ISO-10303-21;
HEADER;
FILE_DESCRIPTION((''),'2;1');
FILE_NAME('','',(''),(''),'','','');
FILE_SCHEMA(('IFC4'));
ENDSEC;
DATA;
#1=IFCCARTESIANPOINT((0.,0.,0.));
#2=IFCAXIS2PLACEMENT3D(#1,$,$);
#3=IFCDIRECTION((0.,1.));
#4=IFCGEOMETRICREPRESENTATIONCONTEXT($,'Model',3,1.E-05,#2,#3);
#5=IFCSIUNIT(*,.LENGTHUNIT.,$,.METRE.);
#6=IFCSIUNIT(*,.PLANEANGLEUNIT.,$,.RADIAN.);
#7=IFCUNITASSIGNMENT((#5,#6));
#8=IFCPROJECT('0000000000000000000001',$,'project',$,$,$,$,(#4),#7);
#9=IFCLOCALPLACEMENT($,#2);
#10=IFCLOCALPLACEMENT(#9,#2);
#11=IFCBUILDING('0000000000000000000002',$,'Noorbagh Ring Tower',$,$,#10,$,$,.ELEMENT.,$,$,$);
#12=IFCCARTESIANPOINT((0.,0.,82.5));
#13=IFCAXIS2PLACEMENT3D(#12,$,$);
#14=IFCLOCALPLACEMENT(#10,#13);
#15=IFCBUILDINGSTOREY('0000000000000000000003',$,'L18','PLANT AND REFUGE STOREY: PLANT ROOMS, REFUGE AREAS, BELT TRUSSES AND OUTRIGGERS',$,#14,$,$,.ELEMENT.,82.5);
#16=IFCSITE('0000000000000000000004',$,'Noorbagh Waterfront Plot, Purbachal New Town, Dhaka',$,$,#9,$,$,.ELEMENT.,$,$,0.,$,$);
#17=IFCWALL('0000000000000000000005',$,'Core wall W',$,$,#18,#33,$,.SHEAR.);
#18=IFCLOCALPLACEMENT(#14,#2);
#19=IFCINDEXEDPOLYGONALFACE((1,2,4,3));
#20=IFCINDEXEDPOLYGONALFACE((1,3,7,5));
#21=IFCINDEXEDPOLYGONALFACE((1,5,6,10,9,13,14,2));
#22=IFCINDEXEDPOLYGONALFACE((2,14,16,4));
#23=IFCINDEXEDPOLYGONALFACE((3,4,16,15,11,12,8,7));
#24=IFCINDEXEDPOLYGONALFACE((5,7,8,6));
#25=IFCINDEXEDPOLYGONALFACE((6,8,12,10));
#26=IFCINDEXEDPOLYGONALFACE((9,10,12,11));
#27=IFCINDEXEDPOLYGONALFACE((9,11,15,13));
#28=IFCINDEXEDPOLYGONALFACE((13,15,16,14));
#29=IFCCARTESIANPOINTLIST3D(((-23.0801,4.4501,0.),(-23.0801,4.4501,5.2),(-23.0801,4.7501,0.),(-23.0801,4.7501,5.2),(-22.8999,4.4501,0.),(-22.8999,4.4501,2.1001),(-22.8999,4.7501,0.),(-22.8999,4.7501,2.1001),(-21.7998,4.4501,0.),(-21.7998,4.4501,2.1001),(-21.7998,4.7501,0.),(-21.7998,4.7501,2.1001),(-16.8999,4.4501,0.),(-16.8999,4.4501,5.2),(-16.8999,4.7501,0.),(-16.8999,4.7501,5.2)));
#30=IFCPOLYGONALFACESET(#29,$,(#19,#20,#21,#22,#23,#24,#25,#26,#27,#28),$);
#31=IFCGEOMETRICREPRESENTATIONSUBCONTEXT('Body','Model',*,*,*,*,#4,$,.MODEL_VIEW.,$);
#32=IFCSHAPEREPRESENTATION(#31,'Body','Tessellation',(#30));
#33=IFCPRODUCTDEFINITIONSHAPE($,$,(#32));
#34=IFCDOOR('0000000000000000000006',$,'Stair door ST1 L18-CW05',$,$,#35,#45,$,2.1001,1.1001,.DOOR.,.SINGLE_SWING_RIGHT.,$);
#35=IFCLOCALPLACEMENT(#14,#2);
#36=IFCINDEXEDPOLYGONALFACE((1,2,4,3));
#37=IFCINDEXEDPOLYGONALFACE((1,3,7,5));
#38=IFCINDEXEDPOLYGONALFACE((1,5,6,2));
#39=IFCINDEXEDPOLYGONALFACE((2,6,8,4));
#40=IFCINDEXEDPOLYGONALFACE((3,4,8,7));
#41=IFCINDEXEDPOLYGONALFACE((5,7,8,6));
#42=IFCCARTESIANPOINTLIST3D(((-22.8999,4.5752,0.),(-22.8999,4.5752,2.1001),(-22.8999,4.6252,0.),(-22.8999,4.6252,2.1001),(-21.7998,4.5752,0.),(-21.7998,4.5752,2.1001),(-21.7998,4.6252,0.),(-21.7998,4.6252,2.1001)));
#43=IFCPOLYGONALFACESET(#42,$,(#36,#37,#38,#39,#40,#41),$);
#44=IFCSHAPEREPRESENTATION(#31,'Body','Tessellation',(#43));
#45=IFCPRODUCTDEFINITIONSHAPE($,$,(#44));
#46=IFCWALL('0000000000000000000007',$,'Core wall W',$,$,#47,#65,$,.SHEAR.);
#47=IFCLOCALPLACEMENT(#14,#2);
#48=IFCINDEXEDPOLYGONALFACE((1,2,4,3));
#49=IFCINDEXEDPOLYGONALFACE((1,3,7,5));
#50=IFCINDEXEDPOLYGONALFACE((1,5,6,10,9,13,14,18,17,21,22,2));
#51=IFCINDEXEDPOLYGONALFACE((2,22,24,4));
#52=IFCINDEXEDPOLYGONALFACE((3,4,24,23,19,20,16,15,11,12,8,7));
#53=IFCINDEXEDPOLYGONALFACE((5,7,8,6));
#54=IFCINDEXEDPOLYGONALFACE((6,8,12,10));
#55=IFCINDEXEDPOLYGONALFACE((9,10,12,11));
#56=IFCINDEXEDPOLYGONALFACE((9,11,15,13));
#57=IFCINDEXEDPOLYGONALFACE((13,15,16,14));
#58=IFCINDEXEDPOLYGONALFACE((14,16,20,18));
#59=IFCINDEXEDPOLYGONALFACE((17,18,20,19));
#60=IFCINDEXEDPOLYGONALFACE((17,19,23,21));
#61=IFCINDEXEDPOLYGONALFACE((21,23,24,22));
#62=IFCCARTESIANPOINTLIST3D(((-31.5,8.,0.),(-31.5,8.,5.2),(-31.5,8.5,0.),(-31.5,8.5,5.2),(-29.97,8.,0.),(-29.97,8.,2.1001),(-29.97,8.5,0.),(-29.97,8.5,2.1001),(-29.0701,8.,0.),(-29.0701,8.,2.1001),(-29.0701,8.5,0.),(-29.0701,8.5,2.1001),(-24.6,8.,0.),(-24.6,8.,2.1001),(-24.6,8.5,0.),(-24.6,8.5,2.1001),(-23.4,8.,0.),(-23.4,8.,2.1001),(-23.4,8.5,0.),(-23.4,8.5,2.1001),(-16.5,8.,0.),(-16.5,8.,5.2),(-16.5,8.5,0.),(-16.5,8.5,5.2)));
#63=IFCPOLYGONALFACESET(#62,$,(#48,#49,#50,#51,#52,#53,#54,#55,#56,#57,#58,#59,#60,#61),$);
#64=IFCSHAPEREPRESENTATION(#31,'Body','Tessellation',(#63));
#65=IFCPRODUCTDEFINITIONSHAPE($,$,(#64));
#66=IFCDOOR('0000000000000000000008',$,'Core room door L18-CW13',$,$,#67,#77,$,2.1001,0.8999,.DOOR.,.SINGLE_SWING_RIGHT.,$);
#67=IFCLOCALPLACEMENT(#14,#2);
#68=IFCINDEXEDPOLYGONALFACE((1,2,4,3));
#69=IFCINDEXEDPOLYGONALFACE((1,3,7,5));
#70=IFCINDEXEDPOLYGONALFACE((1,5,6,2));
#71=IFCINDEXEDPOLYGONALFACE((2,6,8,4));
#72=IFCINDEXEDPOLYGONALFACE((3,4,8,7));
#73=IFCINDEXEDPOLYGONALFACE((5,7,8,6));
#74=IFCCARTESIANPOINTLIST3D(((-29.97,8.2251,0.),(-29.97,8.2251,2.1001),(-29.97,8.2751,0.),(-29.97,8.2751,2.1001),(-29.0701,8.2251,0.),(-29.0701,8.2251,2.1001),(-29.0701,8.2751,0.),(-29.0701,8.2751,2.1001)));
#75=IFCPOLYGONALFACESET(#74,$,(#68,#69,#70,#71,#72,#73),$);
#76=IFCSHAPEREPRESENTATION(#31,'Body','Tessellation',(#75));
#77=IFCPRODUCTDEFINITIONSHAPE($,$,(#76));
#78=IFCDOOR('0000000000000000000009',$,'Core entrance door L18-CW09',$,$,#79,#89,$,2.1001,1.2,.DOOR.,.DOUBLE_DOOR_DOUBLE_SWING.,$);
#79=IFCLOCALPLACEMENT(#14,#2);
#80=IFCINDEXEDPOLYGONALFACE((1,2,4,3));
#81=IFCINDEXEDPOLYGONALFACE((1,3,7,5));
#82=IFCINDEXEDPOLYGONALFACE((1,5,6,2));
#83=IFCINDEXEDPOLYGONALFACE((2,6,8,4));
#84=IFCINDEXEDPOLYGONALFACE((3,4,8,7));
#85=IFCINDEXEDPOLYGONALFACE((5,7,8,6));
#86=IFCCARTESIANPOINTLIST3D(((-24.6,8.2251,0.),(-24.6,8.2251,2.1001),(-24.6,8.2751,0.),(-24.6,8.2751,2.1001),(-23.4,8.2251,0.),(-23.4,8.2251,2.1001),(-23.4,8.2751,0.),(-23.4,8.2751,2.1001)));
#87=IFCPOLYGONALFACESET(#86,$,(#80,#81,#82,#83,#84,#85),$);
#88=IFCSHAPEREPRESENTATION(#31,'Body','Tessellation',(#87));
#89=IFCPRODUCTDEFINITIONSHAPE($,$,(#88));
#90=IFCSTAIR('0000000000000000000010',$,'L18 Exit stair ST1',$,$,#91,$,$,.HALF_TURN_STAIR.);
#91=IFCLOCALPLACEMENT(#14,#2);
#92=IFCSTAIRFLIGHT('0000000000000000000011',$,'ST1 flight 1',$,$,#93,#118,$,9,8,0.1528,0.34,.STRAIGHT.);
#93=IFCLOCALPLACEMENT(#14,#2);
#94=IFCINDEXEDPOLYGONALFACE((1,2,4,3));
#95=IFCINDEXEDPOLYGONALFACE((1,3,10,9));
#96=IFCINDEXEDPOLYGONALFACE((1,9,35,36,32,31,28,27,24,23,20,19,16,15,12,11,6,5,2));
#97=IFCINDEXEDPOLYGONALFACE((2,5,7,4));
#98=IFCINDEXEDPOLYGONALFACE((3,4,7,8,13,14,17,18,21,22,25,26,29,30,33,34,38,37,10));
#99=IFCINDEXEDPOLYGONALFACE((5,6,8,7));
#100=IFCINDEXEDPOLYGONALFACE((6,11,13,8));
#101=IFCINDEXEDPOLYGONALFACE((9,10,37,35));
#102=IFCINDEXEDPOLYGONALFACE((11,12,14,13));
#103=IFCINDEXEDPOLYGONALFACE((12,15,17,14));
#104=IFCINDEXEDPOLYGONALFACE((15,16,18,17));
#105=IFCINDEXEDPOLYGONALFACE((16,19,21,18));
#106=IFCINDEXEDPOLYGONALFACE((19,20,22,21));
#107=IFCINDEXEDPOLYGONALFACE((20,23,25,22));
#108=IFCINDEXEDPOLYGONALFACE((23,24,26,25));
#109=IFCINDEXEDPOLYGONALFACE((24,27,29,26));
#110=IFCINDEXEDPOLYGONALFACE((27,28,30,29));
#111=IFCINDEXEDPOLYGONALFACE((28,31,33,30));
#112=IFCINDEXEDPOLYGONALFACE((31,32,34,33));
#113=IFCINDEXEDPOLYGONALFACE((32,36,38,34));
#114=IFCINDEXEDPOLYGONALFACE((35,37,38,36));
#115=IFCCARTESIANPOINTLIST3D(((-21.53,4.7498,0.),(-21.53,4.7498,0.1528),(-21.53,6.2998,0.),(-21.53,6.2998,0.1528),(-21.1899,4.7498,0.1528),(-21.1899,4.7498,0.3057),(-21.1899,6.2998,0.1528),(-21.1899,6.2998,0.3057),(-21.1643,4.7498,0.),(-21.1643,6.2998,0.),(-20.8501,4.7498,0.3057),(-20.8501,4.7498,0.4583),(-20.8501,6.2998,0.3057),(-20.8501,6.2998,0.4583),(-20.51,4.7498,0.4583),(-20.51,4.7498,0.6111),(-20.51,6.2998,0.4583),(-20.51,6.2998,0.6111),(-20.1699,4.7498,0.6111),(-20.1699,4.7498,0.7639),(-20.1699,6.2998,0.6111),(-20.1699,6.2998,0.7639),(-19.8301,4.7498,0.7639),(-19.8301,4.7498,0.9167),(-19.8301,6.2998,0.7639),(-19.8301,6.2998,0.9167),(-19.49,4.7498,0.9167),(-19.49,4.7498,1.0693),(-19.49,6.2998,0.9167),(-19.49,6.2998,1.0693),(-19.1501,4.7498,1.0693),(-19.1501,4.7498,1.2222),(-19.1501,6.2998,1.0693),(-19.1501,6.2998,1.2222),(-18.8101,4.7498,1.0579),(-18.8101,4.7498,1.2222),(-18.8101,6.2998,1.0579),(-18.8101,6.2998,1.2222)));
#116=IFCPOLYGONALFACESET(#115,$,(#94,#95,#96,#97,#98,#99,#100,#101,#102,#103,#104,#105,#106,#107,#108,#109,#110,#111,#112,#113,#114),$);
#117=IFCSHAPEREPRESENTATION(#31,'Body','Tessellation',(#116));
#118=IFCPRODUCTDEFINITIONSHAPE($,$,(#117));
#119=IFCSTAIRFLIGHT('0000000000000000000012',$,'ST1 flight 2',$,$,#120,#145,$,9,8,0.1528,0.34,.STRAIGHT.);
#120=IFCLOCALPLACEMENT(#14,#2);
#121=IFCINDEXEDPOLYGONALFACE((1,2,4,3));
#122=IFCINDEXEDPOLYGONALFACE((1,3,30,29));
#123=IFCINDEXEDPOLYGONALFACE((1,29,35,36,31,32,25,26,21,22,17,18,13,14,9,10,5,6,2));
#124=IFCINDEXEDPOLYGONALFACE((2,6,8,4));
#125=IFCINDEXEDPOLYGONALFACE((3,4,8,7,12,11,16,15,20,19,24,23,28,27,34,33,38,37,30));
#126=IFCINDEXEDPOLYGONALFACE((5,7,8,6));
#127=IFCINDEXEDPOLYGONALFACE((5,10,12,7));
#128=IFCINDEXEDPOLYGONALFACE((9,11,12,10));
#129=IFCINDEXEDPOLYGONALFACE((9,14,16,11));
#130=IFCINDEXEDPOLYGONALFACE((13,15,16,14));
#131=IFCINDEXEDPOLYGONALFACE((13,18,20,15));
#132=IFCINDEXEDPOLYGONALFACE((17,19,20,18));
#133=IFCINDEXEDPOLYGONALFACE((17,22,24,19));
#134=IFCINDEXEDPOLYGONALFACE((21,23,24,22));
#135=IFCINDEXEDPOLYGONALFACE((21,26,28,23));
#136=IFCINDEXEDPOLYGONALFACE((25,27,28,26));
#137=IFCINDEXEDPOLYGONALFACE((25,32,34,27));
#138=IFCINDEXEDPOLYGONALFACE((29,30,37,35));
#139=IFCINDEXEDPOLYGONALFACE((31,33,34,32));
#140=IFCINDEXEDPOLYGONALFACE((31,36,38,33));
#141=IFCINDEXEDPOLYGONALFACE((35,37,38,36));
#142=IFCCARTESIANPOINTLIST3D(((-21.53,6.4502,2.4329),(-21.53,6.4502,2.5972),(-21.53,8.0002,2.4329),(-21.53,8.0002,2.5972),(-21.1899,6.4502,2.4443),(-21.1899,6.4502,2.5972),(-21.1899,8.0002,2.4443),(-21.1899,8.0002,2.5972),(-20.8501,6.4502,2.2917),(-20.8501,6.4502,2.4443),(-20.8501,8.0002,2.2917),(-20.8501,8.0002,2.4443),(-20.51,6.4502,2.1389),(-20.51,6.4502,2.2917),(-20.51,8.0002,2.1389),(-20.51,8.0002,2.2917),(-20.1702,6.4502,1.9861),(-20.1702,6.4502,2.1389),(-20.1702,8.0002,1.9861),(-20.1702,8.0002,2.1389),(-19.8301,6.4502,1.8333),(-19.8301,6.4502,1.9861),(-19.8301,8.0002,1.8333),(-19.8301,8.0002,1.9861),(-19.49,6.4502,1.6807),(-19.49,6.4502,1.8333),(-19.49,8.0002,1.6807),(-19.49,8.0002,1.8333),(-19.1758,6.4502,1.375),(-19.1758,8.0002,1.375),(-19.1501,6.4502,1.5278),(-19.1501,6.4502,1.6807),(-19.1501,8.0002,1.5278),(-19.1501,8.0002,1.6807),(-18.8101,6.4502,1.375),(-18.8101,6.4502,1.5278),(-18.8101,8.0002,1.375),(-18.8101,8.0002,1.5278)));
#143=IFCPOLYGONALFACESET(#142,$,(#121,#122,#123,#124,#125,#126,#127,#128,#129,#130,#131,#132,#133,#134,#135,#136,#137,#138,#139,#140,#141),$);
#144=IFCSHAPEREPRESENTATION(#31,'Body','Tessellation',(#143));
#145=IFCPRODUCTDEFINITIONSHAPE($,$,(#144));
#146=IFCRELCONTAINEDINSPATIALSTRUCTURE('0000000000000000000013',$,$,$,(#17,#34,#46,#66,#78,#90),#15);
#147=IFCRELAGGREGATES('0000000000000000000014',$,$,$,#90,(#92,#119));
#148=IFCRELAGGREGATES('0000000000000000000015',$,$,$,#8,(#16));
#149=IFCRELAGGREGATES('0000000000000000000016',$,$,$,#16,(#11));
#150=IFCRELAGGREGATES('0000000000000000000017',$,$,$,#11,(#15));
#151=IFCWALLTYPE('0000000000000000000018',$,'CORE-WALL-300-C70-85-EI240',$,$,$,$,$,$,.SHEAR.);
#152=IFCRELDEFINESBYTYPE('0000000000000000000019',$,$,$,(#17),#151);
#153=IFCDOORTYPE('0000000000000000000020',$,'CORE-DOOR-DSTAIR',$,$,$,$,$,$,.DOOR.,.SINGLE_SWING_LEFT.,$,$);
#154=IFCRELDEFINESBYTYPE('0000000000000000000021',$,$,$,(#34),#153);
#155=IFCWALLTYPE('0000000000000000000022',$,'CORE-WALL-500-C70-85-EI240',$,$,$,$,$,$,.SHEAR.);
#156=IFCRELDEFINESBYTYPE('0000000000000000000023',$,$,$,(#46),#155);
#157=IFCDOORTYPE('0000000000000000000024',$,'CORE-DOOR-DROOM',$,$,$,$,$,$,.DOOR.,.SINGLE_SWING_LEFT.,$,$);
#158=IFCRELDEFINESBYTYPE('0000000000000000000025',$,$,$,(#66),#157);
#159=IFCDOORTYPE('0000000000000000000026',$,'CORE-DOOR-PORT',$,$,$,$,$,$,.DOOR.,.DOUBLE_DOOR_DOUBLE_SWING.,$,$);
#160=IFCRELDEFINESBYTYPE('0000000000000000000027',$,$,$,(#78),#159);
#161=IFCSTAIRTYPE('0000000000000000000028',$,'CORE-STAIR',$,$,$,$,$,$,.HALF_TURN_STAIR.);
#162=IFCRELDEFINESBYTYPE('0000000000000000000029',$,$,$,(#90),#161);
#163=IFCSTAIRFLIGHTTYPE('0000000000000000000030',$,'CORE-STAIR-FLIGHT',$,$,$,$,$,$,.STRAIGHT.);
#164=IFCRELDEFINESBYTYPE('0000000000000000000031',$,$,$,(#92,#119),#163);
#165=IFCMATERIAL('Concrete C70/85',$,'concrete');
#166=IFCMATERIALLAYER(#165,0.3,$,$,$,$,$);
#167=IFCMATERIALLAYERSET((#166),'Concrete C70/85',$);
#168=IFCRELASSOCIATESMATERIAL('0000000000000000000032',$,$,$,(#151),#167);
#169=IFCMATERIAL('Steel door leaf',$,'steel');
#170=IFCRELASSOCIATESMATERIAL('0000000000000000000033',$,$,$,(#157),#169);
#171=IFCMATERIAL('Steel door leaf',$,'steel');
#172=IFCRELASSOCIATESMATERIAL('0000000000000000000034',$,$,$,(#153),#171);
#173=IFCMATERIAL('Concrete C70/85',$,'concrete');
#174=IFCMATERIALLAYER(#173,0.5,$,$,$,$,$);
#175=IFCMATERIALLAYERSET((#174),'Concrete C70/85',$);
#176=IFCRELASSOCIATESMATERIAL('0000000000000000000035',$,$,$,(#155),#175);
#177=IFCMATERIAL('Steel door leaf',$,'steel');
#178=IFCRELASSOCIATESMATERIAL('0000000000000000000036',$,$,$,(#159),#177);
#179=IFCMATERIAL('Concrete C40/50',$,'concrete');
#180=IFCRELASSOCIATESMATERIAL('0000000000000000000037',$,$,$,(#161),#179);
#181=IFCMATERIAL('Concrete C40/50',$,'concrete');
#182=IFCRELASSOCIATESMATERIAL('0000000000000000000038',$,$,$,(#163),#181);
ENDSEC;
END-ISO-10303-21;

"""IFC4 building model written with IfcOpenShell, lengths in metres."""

from ifc_helpers import new_model, si_unit, direction, frame, frame_2d, origin, place, context, subcontext, project, spatial, polyline, rectangle, outline, extrude, material, layer, layer_set, type_object, element, fill, aggregate, save


model = new_model("IFC4")

# Units and contexts
model_context = context("Model", 3, precision=1e-05, world=origin(), true_north=direction((0.0, 1.0)))
body_context = subcontext(model_context, "Body", "Model", "MODEL_VIEW")
ifc_project = project(units=[si_unit("LENGTHUNIT", "METRE"), si_unit("PLANEANGLEUNIT", "RADIAN")], contexts=[model_context])

# Site, building, storey
site_placement = place(None, origin())
site = spatial("IfcSite", under=ifc_project, at=site_placement, Name="Noorbagh Waterfront Plot, Purbachal New Town, Dhaka", CompositionType="ELEMENT", RefElevation=0.0)
building_placement = place(site_placement, origin())
building = spatial("IfcBuilding", under=site, at=building_placement, Name="Noorbagh Ring Tower", CompositionType="ELEMENT")
storey_placement = place(building_placement, frame((0.0, 0.0, 82.5)))
storey = spatial("IfcBuildingStorey", under=building, at=storey_placement, Name="L18", Description="PLANT AND REFUGE STOREY: PLANT ROOMS, REFUGE AREAS, BELT TRUSSES AND OUTRIGGERS", CompositionType="ELEMENT", Elevation=82.5)

# Wall, opening, door
ifc_material_1 = material(Name="Concrete C70/85", Category="concrete")
ifc_layer_1 = layer(ifc_material_1, 0.3)
ifc_layer_set_1 = layer_set([ifc_layer_1], Name="Concrete C70/85")
wall_type_1 = type_object("IfcWallType", Name="CORE-WALL-300-C70-85-EI240", PredefinedType="SHEAR", material=ifc_layer_set_1)
ifc_material_2 = material(Name="Steel door leaf", Category="steel")
door_type_1 = type_object("IfcDoorType", Name="CORE-DOOR-DROOM", OperationType="SINGLE_SWING_LEFT", PredefinedType="DOOR", material=ifc_material_2)
wall_1_placement = place(storey_placement, frame((-16.8999, 4.6001, 0.0), z_axis=(0.0, 0.0, 1.0), x_axis=(-1.0, 0.0, 0.0)))
wall_1 = element("IfcWall", 1, at=wall_1_placement, inside=storey, type_object=wall_type_1, Name="Core wall W", PredefinedType="SHEAR", context=body_context, shape_type="SweptSolid", body=[
    extrude(rectangle(XDim=6.1802, YDim=0.3, at=frame_2d((3.0901, 0.0))), origin(), (0.0, 0.0, 1.0), 5.2),
])
opening_1_placement = place(wall_1_placement, frame((4.8999, 0.0, 0.0)))
opening_1 = element("IfcOpeningElement", 2, at=opening_1_placement, cuts=wall_1, PredefinedType="OPENING", context=body_context, shape_type="SweptSolid", body=[
    extrude(rectangle(XDim=1.1001, YDim=2.1001, at=frame_2d((0.55, 1.05))), frame((0.0, 0.1602, 0.0), z_axis=(0.0, -1.0, 0.0), x_axis=(1.0, 0.0, 0.0)), (0.0, 0.0, 1.0), 0.3201),
])
ifc_material_3 = material(Name="Steel door leaf", Category="steel")
door_type_2 = type_object("IfcDoorType", Name="CORE-DOOR-DSTAIR", OperationType="SINGLE_SWING_LEFT", PredefinedType="DOOR", material=ifc_material_3)
door_1_placement = place(opening_1_placement, origin())
door_1 = element("IfcDoor", 3, at=door_1_placement, inside=storey, type_object=door_type_2, Name="Stair door ST1 L18-CW05", OperationType="SINGLE_SWING_RIGHT", OverallHeight=2.1001, OverallWidth=1.1001, PredefinedType="DOOR", context=body_context, shape_type="SweptSolid", body=[
    extrude(rectangle(XDim=1.1001, YDim=2.1001, at=frame_2d((0.55, 1.05))), frame((0.0, 0.0249, 0.0), z_axis=(0.0, -1.0, 0.0), x_axis=(1.0, 0.0, 0.0)), (0.0, 0.0, 1.0), 0.05),
])
fill(opening_1, door_1)

# Wall, openings, doors
ifc_material_4 = material(Name="Concrete C70/85", Category="concrete")
ifc_layer_2 = layer(ifc_material_4, 0.5)
ifc_layer_set_2 = layer_set([ifc_layer_2], Name="Concrete C70/85")
wall_type_2 = type_object("IfcWallType", Name="CORE-WALL-500-C70-85-EI240", PredefinedType="SHEAR", material=ifc_layer_set_2)
wall_2_placement = place(storey_placement, frame((-16.5, 8.25, 0.0), z_axis=(0.0, 0.0, 1.0), x_axis=(-1.0, 0.0, 0.0)))
wall_2 = element("IfcWall", 4, at=wall_2_placement, inside=storey, type_object=wall_type_2, Name="Core wall W", PredefinedType="SHEAR", context=body_context, shape_type="SweptSolid", body=[
    extrude(rectangle(XDim=15.0, YDim=0.5, at=frame_2d((7.5, 0.0))), origin(), (0.0, 0.0, 1.0), 5.2),
])
opening_2_placement = place(wall_2_placement, frame((6.8999, 0.0, 0.0)))
opening_2 = element("IfcOpeningElement", 5, at=opening_2_placement, cuts=wall_2, PredefinedType="OPENING", context=body_context, shape_type="SweptSolid", body=[
    extrude(rectangle(XDim=1.2, YDim=2.1001, at=frame_2d((0.6001, 1.05))), frame((0.0, 0.26, 0.0), z_axis=(0.0, -1.0, 0.0), x_axis=(1.0, 0.0, 0.0)), (0.0, 0.0, 1.0), 0.52),
])
opening_3_placement = place(wall_2_placement, frame((12.5701, 0.0, 0.0)))
opening_3 = element("IfcOpeningElement", 6, at=opening_3_placement, cuts=wall_2, PredefinedType="OPENING", context=body_context, shape_type="SweptSolid", body=[
    extrude(rectangle(XDim=0.8999, YDim=2.1001, at=frame_2d((0.45, 1.05))), frame((0.0, 0.26, 0.0), z_axis=(0.0, -1.0, 0.0), x_axis=(1.0, 0.0, 0.0)), (0.0, 0.0, 1.0), 0.52),
])
door_2_placement = place(opening_3_placement, origin())
door_2 = element("IfcDoor", 7, at=door_2_placement, inside=storey, type_object=door_type_1, Name="Core room door L18-CW13", OperationType="SINGLE_SWING_RIGHT", OverallHeight=2.1001, OverallWidth=0.8999, PredefinedType="DOOR", context=body_context, shape_type="SweptSolid", body=[
    extrude(rectangle(XDim=0.8999, YDim=2.1001, at=frame_2d((0.45, 1.05))), frame((0.0, 0.0249, 0.0), z_axis=(0.0, -1.0, 0.0), x_axis=(1.0, 0.0, 0.0)), (0.0, 0.0, 1.0), 0.05),
])
fill(opening_3, door_2)
ifc_material_5 = material(Name="Steel door leaf", Category="steel")
door_type_3 = type_object("IfcDoorType", Name="CORE-DOOR-PORT", OperationType="DOUBLE_DOOR_DOUBLE_SWING", PredefinedType="DOOR", material=ifc_material_5)
door_3_placement = place(opening_2_placement, origin())
door_3 = element("IfcDoor", 8, at=door_3_placement, inside=storey, type_object=door_type_3, Name="Core entrance door L18-CW09", OperationType="DOUBLE_DOOR_DOUBLE_SWING", OverallHeight=2.1001, OverallWidth=1.2, PredefinedType="DOOR", context=body_context, shape_type="SweptSolid", body=[
    extrude(rectangle(XDim=1.2, YDim=2.1001, at=frame_2d((0.6001, 1.05))), frame((0.0, 0.0249, 0.0), z_axis=(0.0, -1.0, 0.0), x_axis=(1.0, 0.0, 0.0)), (0.0, 0.0, 1.0), 0.05),
])
fill(opening_2, door_3)

# Stair, stair flights
ifc_material_6 = material(Name="Concrete C40/50", Category="concrete")
stair_type = type_object("IfcStairType", Name="CORE-STAIR", PredefinedType="HALF_TURN_STAIR", material=ifc_material_6)
stair_placement = place(storey_placement, origin())
stair = element("IfcStair", 9, at=stair_placement, inside=storey, type_object=stair_type, Name="L18 Exit stair ST1", PredefinedType="HALF_TURN_STAIR")
ifc_material_7 = material(Name="Concrete C40/50", Category="concrete")
stair_flight_type = type_object("IfcStairFlightType", Name="CORE-STAIR-FLIGHT", PredefinedType="STRAIGHT", material=ifc_material_7)
stair_flight_1_placement = place(storey_placement, frame((-21.53, 5.5249, 0.0), z_axis=(0.0, 0.0, 1.0), x_axis=(1.0, 0.0, 0.0)))
stair_flight_1 = element("IfcStairFlight", 10, at=stair_flight_1_placement, type_object=stair_flight_type, Name="ST1 flight 1", NumberOfRisers=9, NumberOfTreads=8, PredefinedType="STRAIGHT", RiserHeight=0.1528, TreadLength=0.34, context=body_context, shape_type="SweptSolid", body=[
    extrude(outline(polyline([(0.0, 0.0), (0.0, 0.1528), (0.3401, 0.1528), (0.3401, 0.3057), (0.6799, 0.3057), (0.6799, 0.4583), (1.02, 0.4583), (1.02, 0.6111), (1.3601, 0.6111), (1.3601, 0.7639), (1.7, 0.7639), (1.7, 0.9167), (2.04, 0.9167), (2.04, 1.0693), (2.3799, 1.0693), (2.3799, 1.2222), (2.72, 1.2222), (2.72, 1.375), (2.72, 1.0579), (0.3657, 0.0), (0.0, 0.0)])), frame((0.0, 0.7749, 0.0), z_axis=(0.0, -1.0, 0.0), x_axis=(1.0, 0.0, 0.0)), (0.0, 0.0, 1.0), 1.55),
])
stair_flight_2_placement = place(storey_placement, frame((-18.8101, 7.2251, 1.375), z_axis=(0.0, 0.0, 1.0), x_axis=(-1.0, 0.0, 0.0)))
stair_flight_2 = element("IfcStairFlight", 11, at=stair_flight_2_placement, type_object=stair_flight_type, Name="ST1 flight 2", NumberOfRisers=9, NumberOfTreads=8, PredefinedType="STRAIGHT", RiserHeight=0.1528, TreadLength=0.34, context=body_context, shape_type="SweptSolid", body=[
    extrude(outline(polyline([(0.0, 0.0), (0.0, 0.1528), (0.3401, 0.1528), (0.3401, 0.3057), (0.6799, 0.3057), (0.6799, 0.4583), (1.02, 0.4583), (1.02, 0.6111), (1.3601, 0.6111), (1.3601, 0.7639), (1.7, 0.7639), (1.7, 0.9167), (2.04, 0.9167), (2.04, 1.0693), (2.3799, 1.0693), (2.3799, 1.2222), (2.72, 1.2222), (2.72, 1.375), (2.72, 1.0579), (0.3657, 0.0), (0.0, 0.0)])), frame((0.0, 0.7749, 0.0), z_axis=(0.0, -1.0, 0.0), x_axis=(1.0, 0.0, 0.0)), (0.0, 0.0, 1.0), 1.55),
])
aggregate(stair, [stair_flight_1, stair_flight_2])

save(model, "model.ifc")
